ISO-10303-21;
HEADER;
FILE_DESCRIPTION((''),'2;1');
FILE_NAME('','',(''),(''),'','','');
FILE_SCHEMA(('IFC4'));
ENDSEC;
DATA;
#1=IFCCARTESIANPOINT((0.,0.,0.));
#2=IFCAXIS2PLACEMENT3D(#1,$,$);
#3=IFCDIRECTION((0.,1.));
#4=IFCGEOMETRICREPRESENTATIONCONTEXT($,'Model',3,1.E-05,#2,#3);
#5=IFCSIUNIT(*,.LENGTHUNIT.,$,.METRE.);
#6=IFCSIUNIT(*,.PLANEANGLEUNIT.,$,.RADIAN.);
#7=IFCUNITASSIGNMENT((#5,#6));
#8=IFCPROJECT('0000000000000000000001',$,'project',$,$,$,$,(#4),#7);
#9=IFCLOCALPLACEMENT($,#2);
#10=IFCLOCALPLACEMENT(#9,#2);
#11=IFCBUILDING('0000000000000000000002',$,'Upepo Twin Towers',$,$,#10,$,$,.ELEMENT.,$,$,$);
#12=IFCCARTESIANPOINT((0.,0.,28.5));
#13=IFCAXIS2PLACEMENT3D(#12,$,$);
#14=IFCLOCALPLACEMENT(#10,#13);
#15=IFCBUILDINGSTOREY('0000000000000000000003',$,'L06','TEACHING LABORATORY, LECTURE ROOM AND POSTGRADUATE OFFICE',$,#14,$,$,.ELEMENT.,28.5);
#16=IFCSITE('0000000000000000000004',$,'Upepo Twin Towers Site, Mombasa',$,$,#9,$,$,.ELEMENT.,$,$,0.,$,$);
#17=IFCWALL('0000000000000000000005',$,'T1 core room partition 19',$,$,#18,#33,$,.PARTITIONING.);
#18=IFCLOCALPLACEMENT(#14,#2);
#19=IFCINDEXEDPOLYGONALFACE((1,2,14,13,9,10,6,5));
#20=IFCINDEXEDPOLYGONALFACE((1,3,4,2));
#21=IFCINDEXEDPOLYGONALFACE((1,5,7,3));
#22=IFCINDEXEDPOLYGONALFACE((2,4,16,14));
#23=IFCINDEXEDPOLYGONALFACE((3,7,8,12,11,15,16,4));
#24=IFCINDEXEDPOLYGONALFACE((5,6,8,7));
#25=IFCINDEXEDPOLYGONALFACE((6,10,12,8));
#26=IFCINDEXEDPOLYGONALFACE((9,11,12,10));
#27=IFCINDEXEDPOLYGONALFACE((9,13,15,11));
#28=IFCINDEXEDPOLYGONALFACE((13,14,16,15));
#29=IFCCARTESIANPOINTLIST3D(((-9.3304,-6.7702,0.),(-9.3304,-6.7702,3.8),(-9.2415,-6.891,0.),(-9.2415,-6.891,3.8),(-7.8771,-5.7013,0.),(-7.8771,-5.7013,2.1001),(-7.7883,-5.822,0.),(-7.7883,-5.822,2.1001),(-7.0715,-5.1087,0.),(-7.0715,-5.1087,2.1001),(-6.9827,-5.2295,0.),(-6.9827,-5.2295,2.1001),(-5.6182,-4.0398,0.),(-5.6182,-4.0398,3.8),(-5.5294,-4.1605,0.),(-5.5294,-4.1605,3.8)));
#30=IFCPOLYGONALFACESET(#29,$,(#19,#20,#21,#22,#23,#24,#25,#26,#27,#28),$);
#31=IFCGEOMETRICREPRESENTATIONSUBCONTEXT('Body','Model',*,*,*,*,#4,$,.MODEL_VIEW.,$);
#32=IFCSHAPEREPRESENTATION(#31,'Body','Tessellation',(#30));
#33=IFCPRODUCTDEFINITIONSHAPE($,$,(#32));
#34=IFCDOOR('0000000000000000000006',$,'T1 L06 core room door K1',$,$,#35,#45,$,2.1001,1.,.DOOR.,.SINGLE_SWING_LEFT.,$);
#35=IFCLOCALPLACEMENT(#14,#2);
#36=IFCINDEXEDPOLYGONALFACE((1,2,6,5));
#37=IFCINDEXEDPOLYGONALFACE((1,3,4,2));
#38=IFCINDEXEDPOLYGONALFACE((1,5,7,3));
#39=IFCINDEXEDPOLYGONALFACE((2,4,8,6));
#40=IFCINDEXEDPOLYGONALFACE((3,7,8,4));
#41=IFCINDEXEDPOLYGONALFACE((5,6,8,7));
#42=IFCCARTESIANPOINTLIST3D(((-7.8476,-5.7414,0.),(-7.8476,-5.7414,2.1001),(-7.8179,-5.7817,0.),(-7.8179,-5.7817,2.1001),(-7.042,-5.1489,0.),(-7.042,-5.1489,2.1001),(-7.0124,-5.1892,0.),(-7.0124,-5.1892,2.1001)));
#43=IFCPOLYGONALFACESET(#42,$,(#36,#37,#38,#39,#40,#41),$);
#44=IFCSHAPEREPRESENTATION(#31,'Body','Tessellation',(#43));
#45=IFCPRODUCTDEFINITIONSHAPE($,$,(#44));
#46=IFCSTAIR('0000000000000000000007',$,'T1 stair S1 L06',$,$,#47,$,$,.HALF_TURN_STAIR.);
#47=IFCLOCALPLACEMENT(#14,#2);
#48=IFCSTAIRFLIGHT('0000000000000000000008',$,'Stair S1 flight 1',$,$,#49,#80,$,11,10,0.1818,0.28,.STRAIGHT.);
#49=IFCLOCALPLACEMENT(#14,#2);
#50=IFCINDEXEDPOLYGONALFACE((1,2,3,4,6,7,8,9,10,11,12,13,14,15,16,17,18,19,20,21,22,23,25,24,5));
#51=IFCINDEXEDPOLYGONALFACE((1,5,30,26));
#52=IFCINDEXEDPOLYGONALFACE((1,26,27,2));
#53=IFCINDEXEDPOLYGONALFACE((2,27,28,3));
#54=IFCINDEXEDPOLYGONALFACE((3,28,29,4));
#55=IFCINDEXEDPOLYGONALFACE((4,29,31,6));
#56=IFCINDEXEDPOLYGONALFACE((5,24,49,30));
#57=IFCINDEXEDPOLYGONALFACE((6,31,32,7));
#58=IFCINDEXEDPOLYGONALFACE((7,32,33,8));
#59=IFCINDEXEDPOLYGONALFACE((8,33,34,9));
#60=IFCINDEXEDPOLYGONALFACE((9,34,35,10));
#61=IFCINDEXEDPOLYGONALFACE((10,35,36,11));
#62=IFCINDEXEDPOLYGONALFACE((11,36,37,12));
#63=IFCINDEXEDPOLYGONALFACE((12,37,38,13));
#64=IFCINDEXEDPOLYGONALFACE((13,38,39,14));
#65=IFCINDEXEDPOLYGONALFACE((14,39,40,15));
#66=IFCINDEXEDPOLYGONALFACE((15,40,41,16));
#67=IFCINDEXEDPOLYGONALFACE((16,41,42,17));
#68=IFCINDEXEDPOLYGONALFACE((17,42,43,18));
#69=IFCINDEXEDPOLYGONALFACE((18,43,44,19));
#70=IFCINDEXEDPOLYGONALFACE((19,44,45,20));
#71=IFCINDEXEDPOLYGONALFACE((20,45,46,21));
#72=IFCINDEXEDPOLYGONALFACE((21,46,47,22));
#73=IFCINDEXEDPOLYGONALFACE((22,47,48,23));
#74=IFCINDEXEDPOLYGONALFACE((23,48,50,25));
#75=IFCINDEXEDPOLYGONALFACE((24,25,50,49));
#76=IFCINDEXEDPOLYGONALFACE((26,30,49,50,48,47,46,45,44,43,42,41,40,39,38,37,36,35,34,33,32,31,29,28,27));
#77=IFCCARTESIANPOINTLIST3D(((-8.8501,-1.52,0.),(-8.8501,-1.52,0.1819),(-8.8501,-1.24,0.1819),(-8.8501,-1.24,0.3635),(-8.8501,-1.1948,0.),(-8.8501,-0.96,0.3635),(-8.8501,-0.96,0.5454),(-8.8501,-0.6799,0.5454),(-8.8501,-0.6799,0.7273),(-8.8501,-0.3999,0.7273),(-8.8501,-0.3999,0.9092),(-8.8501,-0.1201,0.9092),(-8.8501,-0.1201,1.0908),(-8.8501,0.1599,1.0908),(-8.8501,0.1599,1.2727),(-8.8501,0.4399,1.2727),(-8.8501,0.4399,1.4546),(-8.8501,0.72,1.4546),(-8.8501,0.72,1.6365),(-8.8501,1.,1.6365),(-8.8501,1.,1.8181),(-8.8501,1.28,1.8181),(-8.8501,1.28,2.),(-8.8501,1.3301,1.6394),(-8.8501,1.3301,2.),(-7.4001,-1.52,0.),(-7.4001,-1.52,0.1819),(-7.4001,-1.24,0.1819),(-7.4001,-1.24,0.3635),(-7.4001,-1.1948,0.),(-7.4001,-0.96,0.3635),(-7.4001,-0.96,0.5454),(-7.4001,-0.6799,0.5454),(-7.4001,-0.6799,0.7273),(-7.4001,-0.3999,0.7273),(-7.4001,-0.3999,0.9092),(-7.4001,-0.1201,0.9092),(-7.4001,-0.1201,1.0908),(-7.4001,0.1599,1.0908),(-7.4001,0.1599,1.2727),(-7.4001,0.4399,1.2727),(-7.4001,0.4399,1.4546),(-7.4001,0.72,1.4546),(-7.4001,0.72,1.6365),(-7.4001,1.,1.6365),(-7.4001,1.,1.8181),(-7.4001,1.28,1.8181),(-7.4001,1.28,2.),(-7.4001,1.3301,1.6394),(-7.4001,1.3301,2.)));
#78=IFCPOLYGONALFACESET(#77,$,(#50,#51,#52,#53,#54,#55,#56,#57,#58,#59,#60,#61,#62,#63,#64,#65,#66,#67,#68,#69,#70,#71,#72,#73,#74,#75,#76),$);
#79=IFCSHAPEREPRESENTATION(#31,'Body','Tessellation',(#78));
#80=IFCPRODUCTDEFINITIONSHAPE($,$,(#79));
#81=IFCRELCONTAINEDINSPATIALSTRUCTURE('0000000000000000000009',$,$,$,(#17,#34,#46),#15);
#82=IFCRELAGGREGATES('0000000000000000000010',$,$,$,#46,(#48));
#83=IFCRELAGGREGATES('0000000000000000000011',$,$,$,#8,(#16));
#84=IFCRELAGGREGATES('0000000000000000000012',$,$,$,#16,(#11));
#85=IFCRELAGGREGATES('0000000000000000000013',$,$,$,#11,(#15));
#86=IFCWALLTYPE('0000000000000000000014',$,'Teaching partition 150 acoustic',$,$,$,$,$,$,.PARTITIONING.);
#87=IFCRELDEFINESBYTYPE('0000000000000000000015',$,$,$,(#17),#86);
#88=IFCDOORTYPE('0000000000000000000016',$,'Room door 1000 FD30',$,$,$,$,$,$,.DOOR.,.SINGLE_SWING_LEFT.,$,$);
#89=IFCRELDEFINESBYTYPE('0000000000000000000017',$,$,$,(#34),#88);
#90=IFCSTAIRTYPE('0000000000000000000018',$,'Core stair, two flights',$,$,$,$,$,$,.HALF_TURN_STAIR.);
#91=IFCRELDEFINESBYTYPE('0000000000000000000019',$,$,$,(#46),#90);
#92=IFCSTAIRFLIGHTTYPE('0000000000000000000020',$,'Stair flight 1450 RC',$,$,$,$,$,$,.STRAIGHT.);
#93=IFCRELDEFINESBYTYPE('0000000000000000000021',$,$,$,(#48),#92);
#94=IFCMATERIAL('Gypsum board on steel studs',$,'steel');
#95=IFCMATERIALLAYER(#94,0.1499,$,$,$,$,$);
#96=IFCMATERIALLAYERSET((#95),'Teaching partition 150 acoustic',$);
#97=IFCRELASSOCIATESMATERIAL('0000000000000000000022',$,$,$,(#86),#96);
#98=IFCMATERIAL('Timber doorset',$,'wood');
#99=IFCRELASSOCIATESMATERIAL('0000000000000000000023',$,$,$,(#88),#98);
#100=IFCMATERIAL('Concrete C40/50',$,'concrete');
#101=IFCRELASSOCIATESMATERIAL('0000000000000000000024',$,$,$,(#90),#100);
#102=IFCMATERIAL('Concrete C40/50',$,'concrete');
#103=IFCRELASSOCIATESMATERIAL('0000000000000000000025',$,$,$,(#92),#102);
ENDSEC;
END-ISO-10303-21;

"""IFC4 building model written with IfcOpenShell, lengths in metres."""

from ifc_helpers import new_model, si_unit, direction, frame, frame_2d, origin, place, context, subcontext, project, spatial, polyline, rectangle, outline, extrude, material, layer, layer_set, type_object, element, fill, aggregate, save


model = new_model("IFC4")

# Units and contexts
model_context = context("Model", 3, precision=1e-05, world=origin(), true_north=direction((0.0, 1.0)))
body_context = subcontext(model_context, "Body", "Model", "MODEL_VIEW")
ifc_project = project(units=[si_unit("LENGTHUNIT", "METRE"), si_unit("PLANEANGLEUNIT", "RADIAN")], contexts=[model_context])

# Site, building, storey
site_placement = place(None, origin())
site = spatial("IfcSite", under=ifc_project, at=site_placement, Name="Upepo Twin Towers Site, Mombasa", CompositionType="ELEMENT", RefElevation=0.0)
building_placement = place(site_placement, origin())
building = spatial("IfcBuilding", under=site, at=building_placement, Name="Upepo Twin Towers", CompositionType="ELEMENT")
storey_placement = place(building_placement, frame((0.0, 0.0, 28.5)))
storey = spatial("IfcBuildingStorey", under=building, at=storey_placement, Name="L06", Description="TEACHING LABORATORY, LECTURE ROOM AND POSTGRADUATE OFFICE", CompositionType="ELEMENT", Elevation=28.5)

# Shared definitions
ifc_material_1 = material(Name="Gypsum board on steel studs", Category="steel")
ifc_layer_1 = layer(ifc_material_1, 0.1499)
ifc_layer_set_1 = layer_set([ifc_layer_1], Name="Teaching partition 150 acoustic")
wall_type_1 = type_object("IfcWallType", Name="Teaching partition 150 acoustic", PredefinedType="PARTITIONING", material=ifc_layer_set_1)
ifc_material_2 = material(Name="Timber doorset", Category="wood")
door_type_1 = type_object("IfcDoorType", Name="Room door 1000 FD30", OperationType="SINGLE_SWING_LEFT", PredefinedType="DOOR", material=ifc_material_2)

# Wall, opening, door
wall_1_placement = place(storey_placement, frame((-5.5737, -4.1001, 0.0), z_axis=(0.0, 0.0, 1.0), x_axis=(-0.805554, -0.592523, 0.0)))
wall_1 = element("IfcWall", 1, at=wall_1_placement, inside=storey, type_object=wall_type_1, Name="T1 core room partition 19", PredefinedType="PARTITIONING", context=body_context, shape_type="SweptSolid", body=[
    extrude(rectangle(XDim=4.6082, YDim=0.1499, at=frame_2d((2.3042, 0.0))), origin(), (0.0, 0.0, 1.0), 3.8),
])
opening_1_placement = place(wall_1_placement, frame((1.8042, 0.0, 0.0)))
opening_1 = element("IfcOpeningElement", 2, at=opening_1_placement, cuts=wall_1, PredefinedType="OPENING", context=body_context, shape_type="SweptSolid", body=[
    extrude(rectangle(XDim=1.0, YDim=2.1001, at=frame_2d((0.5, 1.05))), frame((0.0, 0.085, 0.0), z_axis=(0.0, -1.0, 0.0), x_axis=(1.0, 0.0, 0.0)), (0.0, 0.0, 1.0), 0.1699),
])
door_1_placement = place(opening_1_placement, origin())
door_1 = element("IfcDoor", 3, at=door_1_placement, inside=storey, type_object=door_type_1, Name="T1 L06 core room door K1", OperationType="SINGLE_SWING_LEFT", OverallHeight=2.1001, OverallWidth=1.0, PredefinedType="DOOR", context=body_context, shape_type="SweptSolid", body=[
    extrude(rectangle(XDim=1.0, YDim=2.1001, at=frame_2d((0.5, 1.05))), frame((0.0, 0.0249, 0.0), z_axis=(0.0, -1.0, 0.0), x_axis=(1.0, 0.0, 0.0)), (0.0, 0.0, 1.0), 0.05),
])
fill(opening_1, door_1)

# Stair, stair flight
ifc_material_3 = material(Name="Concrete C40/50", Category="concrete")
stair_type = type_object("IfcStairType", Name="Core stair, two flights", PredefinedType="HALF_TURN_STAIR", material=ifc_material_3)
stair_placement = place(storey_placement, origin())
stair = element("IfcStair", 4, at=stair_placement, inside=storey, type_object=stair_type, Name="T1 stair S1 L06", PredefinedType="HALF_TURN_STAIR")
ifc_material_4 = material(Name="Concrete C40/50", Category="concrete")
stair_flight_type = type_object("IfcStairFlightType", Name="Stair flight 1450 RC", PredefinedType="STRAIGHT", material=ifc_material_4)
stair_flight_placement = place(storey_placement, frame((-8.125, -1.52, 0.0), z_axis=(0.0, 0.0, 1.0), x_axis=(0.0, 1.0, 0.0)))
stair_flight = element("IfcStairFlight", 5, at=stair_flight_placement, type_object=stair_flight_type, Name="Stair S1 flight 1", NumberOfRisers=11, NumberOfTreads=10, PredefinedType="STRAIGHT", RiserHeight=0.1818, TreadLength=0.28, context=body_context, shape_type="SweptSolid", body=[
    extrude(outline(polyline([(0.0, 0.0), (0.0, 0.1819), (0.28, 0.1819), (0.28, 0.3635), (0.5601, 0.3635), (0.5601, 0.5454), (0.8401, 0.5454), (0.8401, 0.7273), (1.1201, 0.7273), (1.1201, 0.9092), (1.3999, 0.9092), (1.3999, 1.0908), (1.6799, 1.0908), (1.6799, 1.2727), (1.96, 1.2727), (1.96, 1.4546), (2.24, 1.4546), (2.24, 1.6365), (2.52, 1.6365), (2.52, 1.8181), (2.8, 1.8181), (2.8, 2.0), (2.8501, 2.0), (2.8501, 1.6394), (0.3252, 0.0), (0.0, 0.0)])), frame((0.0, 0.7251, 0.0), z_axis=(0.0, -1.0, 0.0), x_axis=(1.0, 0.0, 0.0)), (0.0, 0.0, 1.0), 1.45),
])
aggregate(stair, [stair_flight])

save(model, "model.ifc")
